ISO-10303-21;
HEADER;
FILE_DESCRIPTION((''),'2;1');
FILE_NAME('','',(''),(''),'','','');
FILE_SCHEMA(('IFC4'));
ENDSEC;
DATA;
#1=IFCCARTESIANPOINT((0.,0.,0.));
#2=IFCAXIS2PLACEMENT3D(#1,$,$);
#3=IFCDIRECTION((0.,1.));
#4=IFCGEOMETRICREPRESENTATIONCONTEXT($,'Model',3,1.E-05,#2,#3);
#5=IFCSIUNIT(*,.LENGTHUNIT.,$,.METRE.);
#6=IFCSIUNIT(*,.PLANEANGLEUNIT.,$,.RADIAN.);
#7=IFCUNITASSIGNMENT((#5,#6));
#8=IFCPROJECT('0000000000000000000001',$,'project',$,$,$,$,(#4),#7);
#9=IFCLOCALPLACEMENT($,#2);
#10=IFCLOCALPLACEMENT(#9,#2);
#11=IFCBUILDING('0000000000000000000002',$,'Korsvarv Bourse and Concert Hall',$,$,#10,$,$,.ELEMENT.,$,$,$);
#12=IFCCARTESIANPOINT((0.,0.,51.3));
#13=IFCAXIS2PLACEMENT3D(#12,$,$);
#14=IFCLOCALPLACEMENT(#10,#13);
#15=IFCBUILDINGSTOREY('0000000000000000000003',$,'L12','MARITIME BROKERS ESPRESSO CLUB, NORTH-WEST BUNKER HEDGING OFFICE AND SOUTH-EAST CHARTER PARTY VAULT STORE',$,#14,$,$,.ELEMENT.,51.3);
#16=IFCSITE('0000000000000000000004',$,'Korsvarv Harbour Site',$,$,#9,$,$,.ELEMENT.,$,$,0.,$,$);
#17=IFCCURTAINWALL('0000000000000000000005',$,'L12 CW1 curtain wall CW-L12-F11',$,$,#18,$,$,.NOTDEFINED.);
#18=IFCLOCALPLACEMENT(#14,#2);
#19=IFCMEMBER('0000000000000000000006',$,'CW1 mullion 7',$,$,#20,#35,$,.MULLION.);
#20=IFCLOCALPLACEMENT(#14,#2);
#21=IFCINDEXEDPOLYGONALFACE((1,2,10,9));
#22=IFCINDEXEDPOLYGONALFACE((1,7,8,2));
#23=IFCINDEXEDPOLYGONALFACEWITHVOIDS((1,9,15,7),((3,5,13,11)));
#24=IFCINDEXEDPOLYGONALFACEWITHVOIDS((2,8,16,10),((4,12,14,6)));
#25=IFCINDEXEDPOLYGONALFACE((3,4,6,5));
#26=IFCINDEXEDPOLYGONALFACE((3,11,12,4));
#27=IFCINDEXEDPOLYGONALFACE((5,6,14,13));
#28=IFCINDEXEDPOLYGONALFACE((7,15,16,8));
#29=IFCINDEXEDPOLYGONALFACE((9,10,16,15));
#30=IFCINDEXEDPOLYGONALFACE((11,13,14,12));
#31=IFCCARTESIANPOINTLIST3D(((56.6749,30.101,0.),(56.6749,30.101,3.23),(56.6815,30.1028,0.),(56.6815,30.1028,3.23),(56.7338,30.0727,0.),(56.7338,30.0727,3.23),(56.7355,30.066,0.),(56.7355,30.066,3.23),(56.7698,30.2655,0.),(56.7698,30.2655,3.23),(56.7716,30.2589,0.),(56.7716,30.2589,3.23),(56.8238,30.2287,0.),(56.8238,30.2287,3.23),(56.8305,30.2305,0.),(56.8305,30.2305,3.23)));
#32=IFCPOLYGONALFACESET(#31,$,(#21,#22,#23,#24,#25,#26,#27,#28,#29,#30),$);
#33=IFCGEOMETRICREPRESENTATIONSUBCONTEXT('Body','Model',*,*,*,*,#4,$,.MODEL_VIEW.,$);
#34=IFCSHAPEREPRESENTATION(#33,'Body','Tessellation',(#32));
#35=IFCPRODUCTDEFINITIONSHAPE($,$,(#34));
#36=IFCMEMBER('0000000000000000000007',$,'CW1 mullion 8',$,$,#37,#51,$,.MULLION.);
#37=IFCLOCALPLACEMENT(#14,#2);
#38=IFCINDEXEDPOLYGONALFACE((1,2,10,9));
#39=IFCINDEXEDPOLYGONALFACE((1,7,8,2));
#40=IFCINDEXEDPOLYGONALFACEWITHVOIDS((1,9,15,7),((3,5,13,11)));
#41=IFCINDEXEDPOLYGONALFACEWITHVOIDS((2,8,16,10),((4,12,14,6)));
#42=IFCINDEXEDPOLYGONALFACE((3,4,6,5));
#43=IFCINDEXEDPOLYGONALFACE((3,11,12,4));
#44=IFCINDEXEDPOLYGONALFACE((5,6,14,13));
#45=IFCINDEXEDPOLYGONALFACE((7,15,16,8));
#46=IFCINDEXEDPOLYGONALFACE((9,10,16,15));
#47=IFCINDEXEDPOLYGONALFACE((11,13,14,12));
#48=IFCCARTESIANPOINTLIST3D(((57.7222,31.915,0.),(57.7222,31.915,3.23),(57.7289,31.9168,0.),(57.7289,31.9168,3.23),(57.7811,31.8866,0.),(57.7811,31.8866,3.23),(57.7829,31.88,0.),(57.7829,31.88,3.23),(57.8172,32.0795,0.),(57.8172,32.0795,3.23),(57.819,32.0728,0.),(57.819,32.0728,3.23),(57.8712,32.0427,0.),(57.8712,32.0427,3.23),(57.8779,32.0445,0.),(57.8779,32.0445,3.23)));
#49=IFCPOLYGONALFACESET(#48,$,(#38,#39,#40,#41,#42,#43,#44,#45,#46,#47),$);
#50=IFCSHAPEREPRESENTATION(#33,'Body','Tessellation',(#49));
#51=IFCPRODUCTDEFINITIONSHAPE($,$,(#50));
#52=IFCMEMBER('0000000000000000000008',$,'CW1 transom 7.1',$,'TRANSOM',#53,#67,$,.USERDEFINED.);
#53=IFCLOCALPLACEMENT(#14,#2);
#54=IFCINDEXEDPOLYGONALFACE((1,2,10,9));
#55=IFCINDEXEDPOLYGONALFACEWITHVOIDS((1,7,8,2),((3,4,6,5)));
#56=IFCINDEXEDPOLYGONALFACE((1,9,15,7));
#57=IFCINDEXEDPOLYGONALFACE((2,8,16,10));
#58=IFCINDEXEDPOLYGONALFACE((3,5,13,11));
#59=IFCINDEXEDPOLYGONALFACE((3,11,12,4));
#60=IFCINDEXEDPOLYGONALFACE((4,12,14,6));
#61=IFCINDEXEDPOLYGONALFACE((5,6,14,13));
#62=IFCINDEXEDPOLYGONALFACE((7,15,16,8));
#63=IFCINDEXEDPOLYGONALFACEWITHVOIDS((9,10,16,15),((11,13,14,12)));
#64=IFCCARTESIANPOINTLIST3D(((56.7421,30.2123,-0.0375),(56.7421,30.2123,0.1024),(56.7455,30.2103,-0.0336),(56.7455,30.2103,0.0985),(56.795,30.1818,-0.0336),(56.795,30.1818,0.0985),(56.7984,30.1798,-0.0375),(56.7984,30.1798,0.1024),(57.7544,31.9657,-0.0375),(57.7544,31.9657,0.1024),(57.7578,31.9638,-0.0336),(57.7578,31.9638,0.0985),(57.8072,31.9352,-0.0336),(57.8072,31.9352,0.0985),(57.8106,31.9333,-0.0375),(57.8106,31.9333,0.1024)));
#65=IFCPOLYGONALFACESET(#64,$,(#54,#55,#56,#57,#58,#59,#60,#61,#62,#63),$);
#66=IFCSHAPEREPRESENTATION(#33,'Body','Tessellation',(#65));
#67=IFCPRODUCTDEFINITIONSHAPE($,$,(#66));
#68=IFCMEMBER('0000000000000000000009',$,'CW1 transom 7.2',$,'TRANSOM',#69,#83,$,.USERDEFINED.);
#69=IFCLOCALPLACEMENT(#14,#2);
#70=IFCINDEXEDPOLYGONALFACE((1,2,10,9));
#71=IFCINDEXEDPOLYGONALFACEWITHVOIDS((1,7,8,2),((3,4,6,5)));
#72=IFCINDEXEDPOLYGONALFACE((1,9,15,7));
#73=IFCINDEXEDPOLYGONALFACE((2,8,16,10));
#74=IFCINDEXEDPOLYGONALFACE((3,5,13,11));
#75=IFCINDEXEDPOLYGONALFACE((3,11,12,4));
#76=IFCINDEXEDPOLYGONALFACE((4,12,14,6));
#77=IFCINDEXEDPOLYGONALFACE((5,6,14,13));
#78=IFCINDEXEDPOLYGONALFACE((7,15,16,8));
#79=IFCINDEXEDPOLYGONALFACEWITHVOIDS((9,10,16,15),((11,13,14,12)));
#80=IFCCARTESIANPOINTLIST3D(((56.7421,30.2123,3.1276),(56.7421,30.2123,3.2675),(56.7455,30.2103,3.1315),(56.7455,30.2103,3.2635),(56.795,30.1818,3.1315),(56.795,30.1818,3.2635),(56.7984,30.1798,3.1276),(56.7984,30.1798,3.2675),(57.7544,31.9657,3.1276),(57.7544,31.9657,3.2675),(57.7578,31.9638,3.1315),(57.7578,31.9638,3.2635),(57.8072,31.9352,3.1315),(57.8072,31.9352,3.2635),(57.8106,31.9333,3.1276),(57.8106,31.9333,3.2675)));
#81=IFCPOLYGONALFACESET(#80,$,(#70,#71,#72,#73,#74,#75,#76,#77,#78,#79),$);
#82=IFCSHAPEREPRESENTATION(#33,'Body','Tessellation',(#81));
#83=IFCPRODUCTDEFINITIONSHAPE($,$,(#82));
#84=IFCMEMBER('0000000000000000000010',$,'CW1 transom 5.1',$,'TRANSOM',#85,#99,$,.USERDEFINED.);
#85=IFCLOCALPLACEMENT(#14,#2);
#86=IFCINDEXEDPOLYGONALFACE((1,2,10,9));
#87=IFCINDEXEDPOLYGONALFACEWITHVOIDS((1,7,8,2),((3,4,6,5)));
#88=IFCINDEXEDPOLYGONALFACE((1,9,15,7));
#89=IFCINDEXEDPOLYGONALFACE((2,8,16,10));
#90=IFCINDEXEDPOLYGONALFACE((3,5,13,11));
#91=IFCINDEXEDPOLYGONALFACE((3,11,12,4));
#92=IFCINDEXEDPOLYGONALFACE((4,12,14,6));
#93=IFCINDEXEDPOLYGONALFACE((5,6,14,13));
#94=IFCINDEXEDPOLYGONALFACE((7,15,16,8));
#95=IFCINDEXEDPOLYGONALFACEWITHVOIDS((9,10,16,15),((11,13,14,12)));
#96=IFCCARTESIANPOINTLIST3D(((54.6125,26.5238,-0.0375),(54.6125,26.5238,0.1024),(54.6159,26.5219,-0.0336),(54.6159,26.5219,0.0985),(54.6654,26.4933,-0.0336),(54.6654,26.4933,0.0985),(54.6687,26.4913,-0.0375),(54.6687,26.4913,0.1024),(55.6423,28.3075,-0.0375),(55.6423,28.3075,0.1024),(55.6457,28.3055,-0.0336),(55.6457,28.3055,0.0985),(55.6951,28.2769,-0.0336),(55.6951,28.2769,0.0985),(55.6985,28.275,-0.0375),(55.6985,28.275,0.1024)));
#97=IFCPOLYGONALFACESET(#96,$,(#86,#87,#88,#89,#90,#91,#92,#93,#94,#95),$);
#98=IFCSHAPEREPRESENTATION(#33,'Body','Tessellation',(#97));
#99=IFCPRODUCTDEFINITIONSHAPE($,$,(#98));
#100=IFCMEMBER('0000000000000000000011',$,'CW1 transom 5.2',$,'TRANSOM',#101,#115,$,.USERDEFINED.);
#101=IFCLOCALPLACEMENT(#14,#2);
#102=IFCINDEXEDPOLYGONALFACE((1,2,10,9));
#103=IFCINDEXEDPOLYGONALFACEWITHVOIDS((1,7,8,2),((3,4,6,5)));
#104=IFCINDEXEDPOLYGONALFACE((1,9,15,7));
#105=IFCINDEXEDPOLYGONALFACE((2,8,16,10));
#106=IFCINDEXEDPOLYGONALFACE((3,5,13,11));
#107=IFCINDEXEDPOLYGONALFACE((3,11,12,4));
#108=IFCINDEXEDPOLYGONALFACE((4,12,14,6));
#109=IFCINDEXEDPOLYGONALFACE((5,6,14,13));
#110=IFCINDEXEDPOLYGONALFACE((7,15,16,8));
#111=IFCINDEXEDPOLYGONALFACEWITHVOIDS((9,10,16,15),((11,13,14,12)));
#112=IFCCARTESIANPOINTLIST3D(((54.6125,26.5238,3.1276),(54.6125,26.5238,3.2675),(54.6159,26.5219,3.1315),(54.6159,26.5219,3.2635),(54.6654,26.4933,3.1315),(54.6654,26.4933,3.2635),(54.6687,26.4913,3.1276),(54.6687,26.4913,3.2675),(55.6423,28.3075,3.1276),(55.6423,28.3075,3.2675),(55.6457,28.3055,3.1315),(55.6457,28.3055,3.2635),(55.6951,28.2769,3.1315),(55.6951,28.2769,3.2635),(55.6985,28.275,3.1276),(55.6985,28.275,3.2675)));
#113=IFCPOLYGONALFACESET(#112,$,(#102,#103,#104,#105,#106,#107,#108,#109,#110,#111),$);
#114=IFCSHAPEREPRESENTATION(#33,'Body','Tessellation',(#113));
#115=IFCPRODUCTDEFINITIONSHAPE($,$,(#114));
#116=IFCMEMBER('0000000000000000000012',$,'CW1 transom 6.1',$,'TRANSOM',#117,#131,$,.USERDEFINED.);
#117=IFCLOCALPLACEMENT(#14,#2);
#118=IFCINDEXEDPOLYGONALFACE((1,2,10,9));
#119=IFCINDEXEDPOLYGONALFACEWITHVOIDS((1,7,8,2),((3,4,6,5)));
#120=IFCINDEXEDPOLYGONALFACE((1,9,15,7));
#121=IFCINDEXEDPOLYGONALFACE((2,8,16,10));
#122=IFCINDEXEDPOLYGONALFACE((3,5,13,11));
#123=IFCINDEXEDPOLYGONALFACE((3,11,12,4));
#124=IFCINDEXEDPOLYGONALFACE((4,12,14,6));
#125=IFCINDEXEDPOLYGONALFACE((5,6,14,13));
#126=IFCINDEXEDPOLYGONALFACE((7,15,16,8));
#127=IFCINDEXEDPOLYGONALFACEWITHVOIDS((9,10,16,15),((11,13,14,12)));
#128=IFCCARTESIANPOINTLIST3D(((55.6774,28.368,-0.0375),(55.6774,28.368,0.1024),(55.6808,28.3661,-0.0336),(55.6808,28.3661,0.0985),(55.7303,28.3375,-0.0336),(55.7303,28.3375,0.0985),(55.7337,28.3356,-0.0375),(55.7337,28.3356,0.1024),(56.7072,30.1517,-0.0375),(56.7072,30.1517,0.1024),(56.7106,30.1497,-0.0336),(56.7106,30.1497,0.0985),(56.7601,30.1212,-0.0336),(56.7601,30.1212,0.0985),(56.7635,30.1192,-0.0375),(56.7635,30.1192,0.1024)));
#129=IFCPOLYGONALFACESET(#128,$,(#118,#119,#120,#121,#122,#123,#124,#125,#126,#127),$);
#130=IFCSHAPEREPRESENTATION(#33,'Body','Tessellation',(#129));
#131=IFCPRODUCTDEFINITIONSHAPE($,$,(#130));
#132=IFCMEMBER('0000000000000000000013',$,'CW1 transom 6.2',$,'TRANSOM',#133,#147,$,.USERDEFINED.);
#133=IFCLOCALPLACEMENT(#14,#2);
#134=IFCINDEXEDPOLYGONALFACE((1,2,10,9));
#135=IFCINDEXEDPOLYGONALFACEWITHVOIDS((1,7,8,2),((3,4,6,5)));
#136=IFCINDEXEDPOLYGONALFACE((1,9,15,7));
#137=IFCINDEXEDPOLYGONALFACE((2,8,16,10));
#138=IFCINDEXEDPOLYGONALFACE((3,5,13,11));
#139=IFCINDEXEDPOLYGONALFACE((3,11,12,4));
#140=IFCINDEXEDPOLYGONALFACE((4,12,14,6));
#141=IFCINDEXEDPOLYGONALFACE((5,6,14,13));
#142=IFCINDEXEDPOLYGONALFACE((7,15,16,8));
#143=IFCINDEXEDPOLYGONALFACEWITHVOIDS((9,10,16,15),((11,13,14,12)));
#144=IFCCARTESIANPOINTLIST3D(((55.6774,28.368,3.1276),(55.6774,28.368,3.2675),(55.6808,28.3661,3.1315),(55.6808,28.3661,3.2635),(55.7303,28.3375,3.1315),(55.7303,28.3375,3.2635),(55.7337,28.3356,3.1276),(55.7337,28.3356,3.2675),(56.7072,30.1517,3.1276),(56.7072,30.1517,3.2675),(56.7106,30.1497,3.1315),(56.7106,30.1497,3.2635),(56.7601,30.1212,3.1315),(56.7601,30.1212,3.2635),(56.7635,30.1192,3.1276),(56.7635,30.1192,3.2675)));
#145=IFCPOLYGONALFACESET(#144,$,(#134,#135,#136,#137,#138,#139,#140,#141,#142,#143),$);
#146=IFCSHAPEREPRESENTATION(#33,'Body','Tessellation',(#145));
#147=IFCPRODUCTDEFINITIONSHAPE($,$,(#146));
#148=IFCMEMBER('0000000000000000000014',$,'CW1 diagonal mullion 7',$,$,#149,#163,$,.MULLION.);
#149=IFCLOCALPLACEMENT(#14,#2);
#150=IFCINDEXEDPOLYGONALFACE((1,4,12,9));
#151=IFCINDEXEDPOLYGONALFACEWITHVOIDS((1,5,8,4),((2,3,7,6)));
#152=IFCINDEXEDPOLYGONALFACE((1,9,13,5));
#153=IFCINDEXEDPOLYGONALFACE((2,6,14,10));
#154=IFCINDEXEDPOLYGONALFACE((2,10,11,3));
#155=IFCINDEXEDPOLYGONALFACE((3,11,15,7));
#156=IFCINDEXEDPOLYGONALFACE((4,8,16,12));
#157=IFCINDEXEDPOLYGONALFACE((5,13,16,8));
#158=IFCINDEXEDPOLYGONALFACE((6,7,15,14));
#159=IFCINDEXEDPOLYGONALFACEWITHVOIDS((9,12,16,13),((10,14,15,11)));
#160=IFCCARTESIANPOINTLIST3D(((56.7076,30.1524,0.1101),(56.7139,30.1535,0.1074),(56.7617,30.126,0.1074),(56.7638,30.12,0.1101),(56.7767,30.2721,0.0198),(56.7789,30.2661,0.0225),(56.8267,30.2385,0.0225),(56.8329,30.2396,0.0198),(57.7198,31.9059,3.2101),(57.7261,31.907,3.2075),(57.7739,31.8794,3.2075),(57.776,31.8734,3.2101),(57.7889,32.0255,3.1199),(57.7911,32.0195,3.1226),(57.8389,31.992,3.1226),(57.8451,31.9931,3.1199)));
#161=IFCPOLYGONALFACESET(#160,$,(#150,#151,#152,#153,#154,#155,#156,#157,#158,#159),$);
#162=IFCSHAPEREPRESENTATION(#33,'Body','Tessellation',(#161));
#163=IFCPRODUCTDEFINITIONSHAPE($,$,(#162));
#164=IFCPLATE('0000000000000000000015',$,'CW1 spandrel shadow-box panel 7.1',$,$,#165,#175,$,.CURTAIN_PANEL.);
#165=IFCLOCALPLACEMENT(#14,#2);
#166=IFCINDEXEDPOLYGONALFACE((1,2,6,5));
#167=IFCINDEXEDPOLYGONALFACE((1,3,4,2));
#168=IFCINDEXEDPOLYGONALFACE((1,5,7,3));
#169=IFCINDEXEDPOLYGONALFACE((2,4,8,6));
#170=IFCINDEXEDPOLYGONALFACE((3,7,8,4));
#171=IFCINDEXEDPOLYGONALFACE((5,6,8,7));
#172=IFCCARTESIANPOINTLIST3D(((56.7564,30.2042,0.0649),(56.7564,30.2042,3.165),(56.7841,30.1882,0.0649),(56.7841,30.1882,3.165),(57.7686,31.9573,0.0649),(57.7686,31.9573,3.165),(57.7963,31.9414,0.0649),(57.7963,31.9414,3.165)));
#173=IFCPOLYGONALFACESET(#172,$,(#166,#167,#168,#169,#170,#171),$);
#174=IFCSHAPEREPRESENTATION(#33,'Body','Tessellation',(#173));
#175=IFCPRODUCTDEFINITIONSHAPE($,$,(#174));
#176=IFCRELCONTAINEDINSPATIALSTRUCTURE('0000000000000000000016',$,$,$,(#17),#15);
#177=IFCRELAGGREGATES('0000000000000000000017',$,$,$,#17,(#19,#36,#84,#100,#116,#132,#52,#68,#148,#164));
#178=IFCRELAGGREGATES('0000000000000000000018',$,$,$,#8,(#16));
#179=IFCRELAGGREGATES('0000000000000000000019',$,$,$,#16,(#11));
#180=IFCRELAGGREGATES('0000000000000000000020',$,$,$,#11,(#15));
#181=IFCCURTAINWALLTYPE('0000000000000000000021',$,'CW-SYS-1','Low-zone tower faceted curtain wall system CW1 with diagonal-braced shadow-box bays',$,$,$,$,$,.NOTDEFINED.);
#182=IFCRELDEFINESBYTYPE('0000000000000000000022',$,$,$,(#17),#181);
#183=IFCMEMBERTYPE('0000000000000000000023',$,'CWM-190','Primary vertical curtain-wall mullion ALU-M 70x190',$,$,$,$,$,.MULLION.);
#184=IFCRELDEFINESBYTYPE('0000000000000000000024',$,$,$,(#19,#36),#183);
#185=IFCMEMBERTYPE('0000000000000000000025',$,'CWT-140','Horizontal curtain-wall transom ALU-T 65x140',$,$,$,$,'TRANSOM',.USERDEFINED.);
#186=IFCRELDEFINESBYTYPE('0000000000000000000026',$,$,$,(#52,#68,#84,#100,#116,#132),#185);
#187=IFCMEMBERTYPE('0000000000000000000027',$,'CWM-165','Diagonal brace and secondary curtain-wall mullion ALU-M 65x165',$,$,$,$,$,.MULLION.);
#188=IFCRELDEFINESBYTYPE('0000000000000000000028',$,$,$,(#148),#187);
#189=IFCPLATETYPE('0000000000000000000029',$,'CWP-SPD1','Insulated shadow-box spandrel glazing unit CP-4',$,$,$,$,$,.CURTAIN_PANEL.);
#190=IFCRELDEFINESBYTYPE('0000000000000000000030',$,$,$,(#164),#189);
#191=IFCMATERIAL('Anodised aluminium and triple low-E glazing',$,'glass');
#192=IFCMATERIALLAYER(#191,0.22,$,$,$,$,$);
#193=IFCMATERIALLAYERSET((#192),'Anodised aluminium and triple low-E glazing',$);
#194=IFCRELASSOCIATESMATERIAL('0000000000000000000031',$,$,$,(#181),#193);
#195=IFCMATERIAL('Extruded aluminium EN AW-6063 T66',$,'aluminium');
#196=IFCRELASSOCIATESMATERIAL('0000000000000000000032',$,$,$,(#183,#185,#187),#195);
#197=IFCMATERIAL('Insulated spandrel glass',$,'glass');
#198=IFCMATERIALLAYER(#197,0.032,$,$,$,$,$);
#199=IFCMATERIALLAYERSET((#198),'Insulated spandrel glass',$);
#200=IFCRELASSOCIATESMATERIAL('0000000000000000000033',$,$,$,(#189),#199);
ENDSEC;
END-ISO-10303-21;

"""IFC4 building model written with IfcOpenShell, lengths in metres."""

from ifc_helpers import new_model, si_unit, direction, frame, origin, origin_2d, place, context, subcontext, project, spatial, rectangle, hollow_rectangle, extrude, source, transform, mapped, material, layer, layer_set, material_profile, profile_set, type_object, element, aggregate, save


model = new_model("IFC4")

# Units and contexts
model_context = context("Model", 3, precision=1e-05, world=origin(), true_north=direction((0.0, 1.0)))
body_context = subcontext(model_context, "Body", "Model", "MODEL_VIEW")
ifc_project = project(units=[si_unit("LENGTHUNIT", "METRE"), si_unit("PLANEANGLEUNIT", "RADIAN")], contexts=[model_context])

# Site, building, storey
site_placement = place(None, origin())
site = spatial("IfcSite", under=ifc_project, at=site_placement, Name="Korsvarv Harbour Site", CompositionType="ELEMENT", RefElevation=0.0)
building_placement = place(site_placement, origin())
building = spatial("IfcBuilding", under=site, at=building_placement, Name="Korsvarv Bourse and Concert Hall", CompositionType="ELEMENT")
storey_placement = place(building_placement, frame((0.0, 0.0, 51.3)))
storey = spatial("IfcBuildingStorey", under=building, at=storey_placement, Name="L12", Description="MARITIME BROKERS ESPRESSO CLUB, NORTH-WEST BUNKER HEDGING OFFICE AND SOUTH-EAST CHARTER PARTY VAULT STORE", CompositionType="ELEMENT", Elevation=51.3)

# Curtain wall, members, plate
ifc_material_1 = material(Name="Anodised aluminium and triple low-E glazing", Category="glass")
ifc_layer_1 = layer(ifc_material_1, 0.22)
ifc_layer_set_1 = layer_set([ifc_layer_1], Name="Anodised aluminium and triple low-E glazing")
curtain_wall_type = type_object("IfcCurtainWallType", Name="CW-SYS-1", Description="Low-zone tower faceted curtain wall system CW1 with diagonal-braced shadow-box bays", PredefinedType="NOTDEFINED", material=ifc_layer_set_1)
curtain_wall_placement = place(storey_placement, origin())
curtain_wall = element("IfcCurtainWall", 1, at=curtain_wall_placement, inside=storey, type_object=curtain_wall_type, Name="L12 CW1 curtain wall CW-L12-F11", PredefinedType="NOTDEFINED")
ifc_material_2 = material(Name="Extruded aluminium EN AW-6063 T66", Category="aluminium")
ifc_material_profile_1 = material_profile(ifc_material_2, hollow_rectangle(XDim=0.0701, YDim=0.1899, WallThickness=0.0049, at=origin_2d()), Name="ALU-M 70x190")
ifc_profile_set_1 = profile_set([ifc_material_profile_1], Name="Extruded aluminium EN AW-6063 T66")
member_type_1 = type_object("IfcMemberType", Name="CWM-190", Description="Primary vertical curtain-wall mullion ALU-M 70x190", PredefinedType="MULLION", material=ifc_profile_set_1)
shared_shape_1 = source(origin(), body_context, "Body", "SweptSolid", [
    extrude(hollow_rectangle(XDim=0.0701, YDim=0.1899, WallThickness=0.0049, at=origin_2d()), origin(), (0.0, 0.0, 1.0), 3.23),
])
member_1_placement = place(storey_placement, frame((56.7527, 30.1658, 0.0), z_axis=(0.0, 0.0, 1.0), x_axis=(-0.866025, 0.5, 0.0)))
member_1 = element("IfcMember", 2, at=member_1_placement, type_object=member_type_1, Name="CW1 mullion 7", PredefinedType="MULLION", context=body_context, shape_type="MappedRepresentation", body=[
    mapped(shared_shape_1, transform((0.0, 0.0, 0.0), scale=1.0)),
])
member_2_placement = place(storey_placement, frame((57.8, 31.9797, 0.0), z_axis=(0.0, 0.0, 1.0), x_axis=(-0.866025, 0.5, 0.0)))
member_2 = element("IfcMember", 3, at=member_2_placement, type_object=member_type_1, Name="CW1 mullion 8", PredefinedType="MULLION", context=body_context, shape_type="MappedRepresentation", body=[
    mapped(shared_shape_1, transform((0.0, 0.0, 0.0), scale=1.0)),
])
ifc_material_profile_2 = material_profile(ifc_material_2, hollow_rectangle(XDim=0.0649, YDim=0.1399, WallThickness=0.0039, at=origin_2d()), Name="ALU-T 65x140")
ifc_profile_set_2 = profile_set([ifc_material_profile_2], Name="Extruded aluminium EN AW-6063 T66")
member_type_2 = type_object("IfcMemberType", Name="CWT-140", Description="Horizontal curtain-wall transom ALU-T 65x140", ElementType="TRANSOM", PredefinedType="USERDEFINED", material=ifc_profile_set_2)
shared_shape_2 = source(origin(), body_context, "Body", "SweptSolid", [
    extrude(hollow_rectangle(XDim=0.0649, YDim=0.1399, WallThickness=0.0039, at=origin_2d()), origin(), (0.0, 0.0, 1.0), 2.0247),
])
member_3_placement = place(storey_placement, frame((56.7703, 30.196, 0.0325), z_axis=(0.499952, 0.866053, 0.0), x_axis=(-0.866053, 0.499952, 0.0)))
member_3 = element("IfcMember", 4, at=member_3_placement, type_object=member_type_2, Name="CW1 transom 7.1", ObjectType="TRANSOM", PredefinedType="USERDEFINED", context=body_context, shape_type="MappedRepresentation", body=[
    mapped(shared_shape_2, transform((0.0, 0.0, 0.0), scale=1.0)),
])
member_4_placement = place(storey_placement, frame((56.7703, 30.196, 3.1975), z_axis=(0.499952, 0.866053, 0.0), x_axis=(-0.866053, 0.499952, 0.0)))
member_4 = element("IfcMember", 5, at=member_4_placement, type_object=member_type_2, Name="CW1 transom 7.2", ObjectType="TRANSOM", PredefinedType="USERDEFINED", context=body_context, shape_type="MappedRepresentation", body=[
    mapped(shared_shape_2, transform((0.0, 0.0, 0.0), scale=1.0)),
])
shared_shape_3 = source(origin(), body_context, "Body", "SweptSolid", [
    extrude(hollow_rectangle(XDim=0.0649, YDim=0.1399, WallThickness=0.0039, at=origin_2d()), origin(), (0.0, 0.0, 1.0), 2.0596),
])
member_5_placement = place(storey_placement, frame((54.6406, 26.5076, 0.0325), z_axis=(0.499989, 0.866032, 0.0), x_axis=(-0.866032, 0.499989, 0.0)))
member_5 = element("IfcMember", 6, at=member_5_placement, type_object=member_type_2, Name="CW1 transom 5.1", ObjectType="TRANSOM", PredefinedType="USERDEFINED", context=body_context, shape_type="MappedRepresentation", body=[
    mapped(shared_shape_3, transform((0.0, 0.0, 0.0), scale=1.0)),
])
member_6_placement = place(storey_placement, frame((54.6406, 26.5076, 3.1975), z_axis=(0.499989, 0.866032, 0.0), x_axis=(-0.866032, 0.499989, 0.0)))
member_6 = element("IfcMember", 7, at=member_6_placement, type_object=member_type_2, Name="CW1 transom 5.2", ObjectType="TRANSOM", PredefinedType="USERDEFINED", context=body_context, shape_type="MappedRepresentation", body=[
    mapped(shared_shape_3, transform((0.0, 0.0, 0.0), scale=1.0)),
])
member_7_placement = place(storey_placement, frame((55.7056, 28.3518, 0.0325), z_axis=(0.499989, 0.866032, 0.0), x_axis=(-0.866032, 0.499989, 0.0)))
member_7 = element("IfcMember", 8, at=member_7_placement, type_object=member_type_2, Name="CW1 transom 6.1", ObjectType="TRANSOM", PredefinedType="USERDEFINED", context=body_context, shape_type="MappedRepresentation", body=[
    mapped(shared_shape_3, transform((0.0, 0.0, 0.0), scale=1.0)),
])
member_8_placement = place(storey_placement, frame((55.7056, 28.3518, 3.1975), z_axis=(0.499989, 0.866032, 0.0), x_axis=(-0.866032, 0.499989, 0.0)))
member_8 = element("IfcMember", 9, at=member_8_placement, type_object=member_type_2, Name="CW1 transom 6.2", ObjectType="TRANSOM", PredefinedType="USERDEFINED", context=body_context, shape_type="MappedRepresentation", body=[
    mapped(shared_shape_3, transform((0.0, 0.0, 0.0), scale=1.0)),
])
ifc_material_profile_3 = material_profile(ifc_material_2, hollow_rectangle(XDim=0.0649, YDim=0.165, WallThickness=0.0049, at=origin_2d()), Name="ALU-M 65x165")
ifc_profile_set_3 = profile_set([ifc_material_profile_3], Name="Extruded aluminium EN AW-6063 T66")
member_type_3 = type_object("IfcMemberType", Name="CWM-165", Description="Diagonal brace and secondary curtain-wall mullion ALU-M 65x165", PredefinedType="MULLION", material=ifc_profile_set_3)
shared_shape_4 = source(origin(), body_context, "Body", "SweptSolid", [
    extrude(hollow_rectangle(XDim=0.0649, YDim=0.165, WallThickness=0.0049, at=origin_2d()), origin(), (0.0, 0.0, 1.0), 3.7026),
])
member_9_placement = place(storey_placement, frame((56.7703, 30.196, 0.0649), z_axis=(0.273373, 0.473557, 0.837264), x_axis=(-0.866053, 0.499952, 0.0)))
member_9 = element("IfcMember", 10, at=member_9_placement, type_object=member_type_3, Name="CW1 diagonal mullion 7", PredefinedType="MULLION", context=body_context, shape_type="MappedRepresentation", body=[
    mapped(shared_shape_4, transform((0.0, 0.0, 0.0), scale=1.0)),
])
ifc_material_3 = material(Name="Insulated spandrel glass", Category="glass")
ifc_layer_2 = layer(ifc_material_3, 0.032)
ifc_layer_set_2 = layer_set([ifc_layer_2], Name="Insulated spandrel glass")
plate_type_1 = type_object("IfcPlateType", Name="CWP-SPD1", Description="Insulated shadow-box spandrel glazing unit CP-4", PredefinedType="CURTAIN_PANEL", material=ifc_layer_set_2)
shared_shape_5 = source(origin(), body_context, "Body", "SweptSolid", [
    extrude(rectangle(XDim=2.0244, YDim=0.032, at=origin_2d()), origin(), (0.0, 0.0, 1.0), 3.1001),
])
plate_1_placement = place(storey_placement, frame((57.2764, 31.0728, 0.0649), z_axis=(0.0, 0.0, 1.0), x_axis=(0.5, 0.866025, 0.0)))
plate_1 = element("IfcPlate", 11, at=plate_1_placement, type_object=plate_type_1, Name="CW1 spandrel shadow-box panel 7.1", PredefinedType="CURTAIN_PANEL", context=body_context, shape_type="MappedRepresentation", body=[
    mapped(shared_shape_5, transform((0.0, 0.0, 0.0), scale=1.0)),
])
aggregate(curtain_wall, [member_1, member_2, member_5, member_6, member_7, member_8, member_3, member_4, member_9, plate_1])

save(model, "model.ifc")
